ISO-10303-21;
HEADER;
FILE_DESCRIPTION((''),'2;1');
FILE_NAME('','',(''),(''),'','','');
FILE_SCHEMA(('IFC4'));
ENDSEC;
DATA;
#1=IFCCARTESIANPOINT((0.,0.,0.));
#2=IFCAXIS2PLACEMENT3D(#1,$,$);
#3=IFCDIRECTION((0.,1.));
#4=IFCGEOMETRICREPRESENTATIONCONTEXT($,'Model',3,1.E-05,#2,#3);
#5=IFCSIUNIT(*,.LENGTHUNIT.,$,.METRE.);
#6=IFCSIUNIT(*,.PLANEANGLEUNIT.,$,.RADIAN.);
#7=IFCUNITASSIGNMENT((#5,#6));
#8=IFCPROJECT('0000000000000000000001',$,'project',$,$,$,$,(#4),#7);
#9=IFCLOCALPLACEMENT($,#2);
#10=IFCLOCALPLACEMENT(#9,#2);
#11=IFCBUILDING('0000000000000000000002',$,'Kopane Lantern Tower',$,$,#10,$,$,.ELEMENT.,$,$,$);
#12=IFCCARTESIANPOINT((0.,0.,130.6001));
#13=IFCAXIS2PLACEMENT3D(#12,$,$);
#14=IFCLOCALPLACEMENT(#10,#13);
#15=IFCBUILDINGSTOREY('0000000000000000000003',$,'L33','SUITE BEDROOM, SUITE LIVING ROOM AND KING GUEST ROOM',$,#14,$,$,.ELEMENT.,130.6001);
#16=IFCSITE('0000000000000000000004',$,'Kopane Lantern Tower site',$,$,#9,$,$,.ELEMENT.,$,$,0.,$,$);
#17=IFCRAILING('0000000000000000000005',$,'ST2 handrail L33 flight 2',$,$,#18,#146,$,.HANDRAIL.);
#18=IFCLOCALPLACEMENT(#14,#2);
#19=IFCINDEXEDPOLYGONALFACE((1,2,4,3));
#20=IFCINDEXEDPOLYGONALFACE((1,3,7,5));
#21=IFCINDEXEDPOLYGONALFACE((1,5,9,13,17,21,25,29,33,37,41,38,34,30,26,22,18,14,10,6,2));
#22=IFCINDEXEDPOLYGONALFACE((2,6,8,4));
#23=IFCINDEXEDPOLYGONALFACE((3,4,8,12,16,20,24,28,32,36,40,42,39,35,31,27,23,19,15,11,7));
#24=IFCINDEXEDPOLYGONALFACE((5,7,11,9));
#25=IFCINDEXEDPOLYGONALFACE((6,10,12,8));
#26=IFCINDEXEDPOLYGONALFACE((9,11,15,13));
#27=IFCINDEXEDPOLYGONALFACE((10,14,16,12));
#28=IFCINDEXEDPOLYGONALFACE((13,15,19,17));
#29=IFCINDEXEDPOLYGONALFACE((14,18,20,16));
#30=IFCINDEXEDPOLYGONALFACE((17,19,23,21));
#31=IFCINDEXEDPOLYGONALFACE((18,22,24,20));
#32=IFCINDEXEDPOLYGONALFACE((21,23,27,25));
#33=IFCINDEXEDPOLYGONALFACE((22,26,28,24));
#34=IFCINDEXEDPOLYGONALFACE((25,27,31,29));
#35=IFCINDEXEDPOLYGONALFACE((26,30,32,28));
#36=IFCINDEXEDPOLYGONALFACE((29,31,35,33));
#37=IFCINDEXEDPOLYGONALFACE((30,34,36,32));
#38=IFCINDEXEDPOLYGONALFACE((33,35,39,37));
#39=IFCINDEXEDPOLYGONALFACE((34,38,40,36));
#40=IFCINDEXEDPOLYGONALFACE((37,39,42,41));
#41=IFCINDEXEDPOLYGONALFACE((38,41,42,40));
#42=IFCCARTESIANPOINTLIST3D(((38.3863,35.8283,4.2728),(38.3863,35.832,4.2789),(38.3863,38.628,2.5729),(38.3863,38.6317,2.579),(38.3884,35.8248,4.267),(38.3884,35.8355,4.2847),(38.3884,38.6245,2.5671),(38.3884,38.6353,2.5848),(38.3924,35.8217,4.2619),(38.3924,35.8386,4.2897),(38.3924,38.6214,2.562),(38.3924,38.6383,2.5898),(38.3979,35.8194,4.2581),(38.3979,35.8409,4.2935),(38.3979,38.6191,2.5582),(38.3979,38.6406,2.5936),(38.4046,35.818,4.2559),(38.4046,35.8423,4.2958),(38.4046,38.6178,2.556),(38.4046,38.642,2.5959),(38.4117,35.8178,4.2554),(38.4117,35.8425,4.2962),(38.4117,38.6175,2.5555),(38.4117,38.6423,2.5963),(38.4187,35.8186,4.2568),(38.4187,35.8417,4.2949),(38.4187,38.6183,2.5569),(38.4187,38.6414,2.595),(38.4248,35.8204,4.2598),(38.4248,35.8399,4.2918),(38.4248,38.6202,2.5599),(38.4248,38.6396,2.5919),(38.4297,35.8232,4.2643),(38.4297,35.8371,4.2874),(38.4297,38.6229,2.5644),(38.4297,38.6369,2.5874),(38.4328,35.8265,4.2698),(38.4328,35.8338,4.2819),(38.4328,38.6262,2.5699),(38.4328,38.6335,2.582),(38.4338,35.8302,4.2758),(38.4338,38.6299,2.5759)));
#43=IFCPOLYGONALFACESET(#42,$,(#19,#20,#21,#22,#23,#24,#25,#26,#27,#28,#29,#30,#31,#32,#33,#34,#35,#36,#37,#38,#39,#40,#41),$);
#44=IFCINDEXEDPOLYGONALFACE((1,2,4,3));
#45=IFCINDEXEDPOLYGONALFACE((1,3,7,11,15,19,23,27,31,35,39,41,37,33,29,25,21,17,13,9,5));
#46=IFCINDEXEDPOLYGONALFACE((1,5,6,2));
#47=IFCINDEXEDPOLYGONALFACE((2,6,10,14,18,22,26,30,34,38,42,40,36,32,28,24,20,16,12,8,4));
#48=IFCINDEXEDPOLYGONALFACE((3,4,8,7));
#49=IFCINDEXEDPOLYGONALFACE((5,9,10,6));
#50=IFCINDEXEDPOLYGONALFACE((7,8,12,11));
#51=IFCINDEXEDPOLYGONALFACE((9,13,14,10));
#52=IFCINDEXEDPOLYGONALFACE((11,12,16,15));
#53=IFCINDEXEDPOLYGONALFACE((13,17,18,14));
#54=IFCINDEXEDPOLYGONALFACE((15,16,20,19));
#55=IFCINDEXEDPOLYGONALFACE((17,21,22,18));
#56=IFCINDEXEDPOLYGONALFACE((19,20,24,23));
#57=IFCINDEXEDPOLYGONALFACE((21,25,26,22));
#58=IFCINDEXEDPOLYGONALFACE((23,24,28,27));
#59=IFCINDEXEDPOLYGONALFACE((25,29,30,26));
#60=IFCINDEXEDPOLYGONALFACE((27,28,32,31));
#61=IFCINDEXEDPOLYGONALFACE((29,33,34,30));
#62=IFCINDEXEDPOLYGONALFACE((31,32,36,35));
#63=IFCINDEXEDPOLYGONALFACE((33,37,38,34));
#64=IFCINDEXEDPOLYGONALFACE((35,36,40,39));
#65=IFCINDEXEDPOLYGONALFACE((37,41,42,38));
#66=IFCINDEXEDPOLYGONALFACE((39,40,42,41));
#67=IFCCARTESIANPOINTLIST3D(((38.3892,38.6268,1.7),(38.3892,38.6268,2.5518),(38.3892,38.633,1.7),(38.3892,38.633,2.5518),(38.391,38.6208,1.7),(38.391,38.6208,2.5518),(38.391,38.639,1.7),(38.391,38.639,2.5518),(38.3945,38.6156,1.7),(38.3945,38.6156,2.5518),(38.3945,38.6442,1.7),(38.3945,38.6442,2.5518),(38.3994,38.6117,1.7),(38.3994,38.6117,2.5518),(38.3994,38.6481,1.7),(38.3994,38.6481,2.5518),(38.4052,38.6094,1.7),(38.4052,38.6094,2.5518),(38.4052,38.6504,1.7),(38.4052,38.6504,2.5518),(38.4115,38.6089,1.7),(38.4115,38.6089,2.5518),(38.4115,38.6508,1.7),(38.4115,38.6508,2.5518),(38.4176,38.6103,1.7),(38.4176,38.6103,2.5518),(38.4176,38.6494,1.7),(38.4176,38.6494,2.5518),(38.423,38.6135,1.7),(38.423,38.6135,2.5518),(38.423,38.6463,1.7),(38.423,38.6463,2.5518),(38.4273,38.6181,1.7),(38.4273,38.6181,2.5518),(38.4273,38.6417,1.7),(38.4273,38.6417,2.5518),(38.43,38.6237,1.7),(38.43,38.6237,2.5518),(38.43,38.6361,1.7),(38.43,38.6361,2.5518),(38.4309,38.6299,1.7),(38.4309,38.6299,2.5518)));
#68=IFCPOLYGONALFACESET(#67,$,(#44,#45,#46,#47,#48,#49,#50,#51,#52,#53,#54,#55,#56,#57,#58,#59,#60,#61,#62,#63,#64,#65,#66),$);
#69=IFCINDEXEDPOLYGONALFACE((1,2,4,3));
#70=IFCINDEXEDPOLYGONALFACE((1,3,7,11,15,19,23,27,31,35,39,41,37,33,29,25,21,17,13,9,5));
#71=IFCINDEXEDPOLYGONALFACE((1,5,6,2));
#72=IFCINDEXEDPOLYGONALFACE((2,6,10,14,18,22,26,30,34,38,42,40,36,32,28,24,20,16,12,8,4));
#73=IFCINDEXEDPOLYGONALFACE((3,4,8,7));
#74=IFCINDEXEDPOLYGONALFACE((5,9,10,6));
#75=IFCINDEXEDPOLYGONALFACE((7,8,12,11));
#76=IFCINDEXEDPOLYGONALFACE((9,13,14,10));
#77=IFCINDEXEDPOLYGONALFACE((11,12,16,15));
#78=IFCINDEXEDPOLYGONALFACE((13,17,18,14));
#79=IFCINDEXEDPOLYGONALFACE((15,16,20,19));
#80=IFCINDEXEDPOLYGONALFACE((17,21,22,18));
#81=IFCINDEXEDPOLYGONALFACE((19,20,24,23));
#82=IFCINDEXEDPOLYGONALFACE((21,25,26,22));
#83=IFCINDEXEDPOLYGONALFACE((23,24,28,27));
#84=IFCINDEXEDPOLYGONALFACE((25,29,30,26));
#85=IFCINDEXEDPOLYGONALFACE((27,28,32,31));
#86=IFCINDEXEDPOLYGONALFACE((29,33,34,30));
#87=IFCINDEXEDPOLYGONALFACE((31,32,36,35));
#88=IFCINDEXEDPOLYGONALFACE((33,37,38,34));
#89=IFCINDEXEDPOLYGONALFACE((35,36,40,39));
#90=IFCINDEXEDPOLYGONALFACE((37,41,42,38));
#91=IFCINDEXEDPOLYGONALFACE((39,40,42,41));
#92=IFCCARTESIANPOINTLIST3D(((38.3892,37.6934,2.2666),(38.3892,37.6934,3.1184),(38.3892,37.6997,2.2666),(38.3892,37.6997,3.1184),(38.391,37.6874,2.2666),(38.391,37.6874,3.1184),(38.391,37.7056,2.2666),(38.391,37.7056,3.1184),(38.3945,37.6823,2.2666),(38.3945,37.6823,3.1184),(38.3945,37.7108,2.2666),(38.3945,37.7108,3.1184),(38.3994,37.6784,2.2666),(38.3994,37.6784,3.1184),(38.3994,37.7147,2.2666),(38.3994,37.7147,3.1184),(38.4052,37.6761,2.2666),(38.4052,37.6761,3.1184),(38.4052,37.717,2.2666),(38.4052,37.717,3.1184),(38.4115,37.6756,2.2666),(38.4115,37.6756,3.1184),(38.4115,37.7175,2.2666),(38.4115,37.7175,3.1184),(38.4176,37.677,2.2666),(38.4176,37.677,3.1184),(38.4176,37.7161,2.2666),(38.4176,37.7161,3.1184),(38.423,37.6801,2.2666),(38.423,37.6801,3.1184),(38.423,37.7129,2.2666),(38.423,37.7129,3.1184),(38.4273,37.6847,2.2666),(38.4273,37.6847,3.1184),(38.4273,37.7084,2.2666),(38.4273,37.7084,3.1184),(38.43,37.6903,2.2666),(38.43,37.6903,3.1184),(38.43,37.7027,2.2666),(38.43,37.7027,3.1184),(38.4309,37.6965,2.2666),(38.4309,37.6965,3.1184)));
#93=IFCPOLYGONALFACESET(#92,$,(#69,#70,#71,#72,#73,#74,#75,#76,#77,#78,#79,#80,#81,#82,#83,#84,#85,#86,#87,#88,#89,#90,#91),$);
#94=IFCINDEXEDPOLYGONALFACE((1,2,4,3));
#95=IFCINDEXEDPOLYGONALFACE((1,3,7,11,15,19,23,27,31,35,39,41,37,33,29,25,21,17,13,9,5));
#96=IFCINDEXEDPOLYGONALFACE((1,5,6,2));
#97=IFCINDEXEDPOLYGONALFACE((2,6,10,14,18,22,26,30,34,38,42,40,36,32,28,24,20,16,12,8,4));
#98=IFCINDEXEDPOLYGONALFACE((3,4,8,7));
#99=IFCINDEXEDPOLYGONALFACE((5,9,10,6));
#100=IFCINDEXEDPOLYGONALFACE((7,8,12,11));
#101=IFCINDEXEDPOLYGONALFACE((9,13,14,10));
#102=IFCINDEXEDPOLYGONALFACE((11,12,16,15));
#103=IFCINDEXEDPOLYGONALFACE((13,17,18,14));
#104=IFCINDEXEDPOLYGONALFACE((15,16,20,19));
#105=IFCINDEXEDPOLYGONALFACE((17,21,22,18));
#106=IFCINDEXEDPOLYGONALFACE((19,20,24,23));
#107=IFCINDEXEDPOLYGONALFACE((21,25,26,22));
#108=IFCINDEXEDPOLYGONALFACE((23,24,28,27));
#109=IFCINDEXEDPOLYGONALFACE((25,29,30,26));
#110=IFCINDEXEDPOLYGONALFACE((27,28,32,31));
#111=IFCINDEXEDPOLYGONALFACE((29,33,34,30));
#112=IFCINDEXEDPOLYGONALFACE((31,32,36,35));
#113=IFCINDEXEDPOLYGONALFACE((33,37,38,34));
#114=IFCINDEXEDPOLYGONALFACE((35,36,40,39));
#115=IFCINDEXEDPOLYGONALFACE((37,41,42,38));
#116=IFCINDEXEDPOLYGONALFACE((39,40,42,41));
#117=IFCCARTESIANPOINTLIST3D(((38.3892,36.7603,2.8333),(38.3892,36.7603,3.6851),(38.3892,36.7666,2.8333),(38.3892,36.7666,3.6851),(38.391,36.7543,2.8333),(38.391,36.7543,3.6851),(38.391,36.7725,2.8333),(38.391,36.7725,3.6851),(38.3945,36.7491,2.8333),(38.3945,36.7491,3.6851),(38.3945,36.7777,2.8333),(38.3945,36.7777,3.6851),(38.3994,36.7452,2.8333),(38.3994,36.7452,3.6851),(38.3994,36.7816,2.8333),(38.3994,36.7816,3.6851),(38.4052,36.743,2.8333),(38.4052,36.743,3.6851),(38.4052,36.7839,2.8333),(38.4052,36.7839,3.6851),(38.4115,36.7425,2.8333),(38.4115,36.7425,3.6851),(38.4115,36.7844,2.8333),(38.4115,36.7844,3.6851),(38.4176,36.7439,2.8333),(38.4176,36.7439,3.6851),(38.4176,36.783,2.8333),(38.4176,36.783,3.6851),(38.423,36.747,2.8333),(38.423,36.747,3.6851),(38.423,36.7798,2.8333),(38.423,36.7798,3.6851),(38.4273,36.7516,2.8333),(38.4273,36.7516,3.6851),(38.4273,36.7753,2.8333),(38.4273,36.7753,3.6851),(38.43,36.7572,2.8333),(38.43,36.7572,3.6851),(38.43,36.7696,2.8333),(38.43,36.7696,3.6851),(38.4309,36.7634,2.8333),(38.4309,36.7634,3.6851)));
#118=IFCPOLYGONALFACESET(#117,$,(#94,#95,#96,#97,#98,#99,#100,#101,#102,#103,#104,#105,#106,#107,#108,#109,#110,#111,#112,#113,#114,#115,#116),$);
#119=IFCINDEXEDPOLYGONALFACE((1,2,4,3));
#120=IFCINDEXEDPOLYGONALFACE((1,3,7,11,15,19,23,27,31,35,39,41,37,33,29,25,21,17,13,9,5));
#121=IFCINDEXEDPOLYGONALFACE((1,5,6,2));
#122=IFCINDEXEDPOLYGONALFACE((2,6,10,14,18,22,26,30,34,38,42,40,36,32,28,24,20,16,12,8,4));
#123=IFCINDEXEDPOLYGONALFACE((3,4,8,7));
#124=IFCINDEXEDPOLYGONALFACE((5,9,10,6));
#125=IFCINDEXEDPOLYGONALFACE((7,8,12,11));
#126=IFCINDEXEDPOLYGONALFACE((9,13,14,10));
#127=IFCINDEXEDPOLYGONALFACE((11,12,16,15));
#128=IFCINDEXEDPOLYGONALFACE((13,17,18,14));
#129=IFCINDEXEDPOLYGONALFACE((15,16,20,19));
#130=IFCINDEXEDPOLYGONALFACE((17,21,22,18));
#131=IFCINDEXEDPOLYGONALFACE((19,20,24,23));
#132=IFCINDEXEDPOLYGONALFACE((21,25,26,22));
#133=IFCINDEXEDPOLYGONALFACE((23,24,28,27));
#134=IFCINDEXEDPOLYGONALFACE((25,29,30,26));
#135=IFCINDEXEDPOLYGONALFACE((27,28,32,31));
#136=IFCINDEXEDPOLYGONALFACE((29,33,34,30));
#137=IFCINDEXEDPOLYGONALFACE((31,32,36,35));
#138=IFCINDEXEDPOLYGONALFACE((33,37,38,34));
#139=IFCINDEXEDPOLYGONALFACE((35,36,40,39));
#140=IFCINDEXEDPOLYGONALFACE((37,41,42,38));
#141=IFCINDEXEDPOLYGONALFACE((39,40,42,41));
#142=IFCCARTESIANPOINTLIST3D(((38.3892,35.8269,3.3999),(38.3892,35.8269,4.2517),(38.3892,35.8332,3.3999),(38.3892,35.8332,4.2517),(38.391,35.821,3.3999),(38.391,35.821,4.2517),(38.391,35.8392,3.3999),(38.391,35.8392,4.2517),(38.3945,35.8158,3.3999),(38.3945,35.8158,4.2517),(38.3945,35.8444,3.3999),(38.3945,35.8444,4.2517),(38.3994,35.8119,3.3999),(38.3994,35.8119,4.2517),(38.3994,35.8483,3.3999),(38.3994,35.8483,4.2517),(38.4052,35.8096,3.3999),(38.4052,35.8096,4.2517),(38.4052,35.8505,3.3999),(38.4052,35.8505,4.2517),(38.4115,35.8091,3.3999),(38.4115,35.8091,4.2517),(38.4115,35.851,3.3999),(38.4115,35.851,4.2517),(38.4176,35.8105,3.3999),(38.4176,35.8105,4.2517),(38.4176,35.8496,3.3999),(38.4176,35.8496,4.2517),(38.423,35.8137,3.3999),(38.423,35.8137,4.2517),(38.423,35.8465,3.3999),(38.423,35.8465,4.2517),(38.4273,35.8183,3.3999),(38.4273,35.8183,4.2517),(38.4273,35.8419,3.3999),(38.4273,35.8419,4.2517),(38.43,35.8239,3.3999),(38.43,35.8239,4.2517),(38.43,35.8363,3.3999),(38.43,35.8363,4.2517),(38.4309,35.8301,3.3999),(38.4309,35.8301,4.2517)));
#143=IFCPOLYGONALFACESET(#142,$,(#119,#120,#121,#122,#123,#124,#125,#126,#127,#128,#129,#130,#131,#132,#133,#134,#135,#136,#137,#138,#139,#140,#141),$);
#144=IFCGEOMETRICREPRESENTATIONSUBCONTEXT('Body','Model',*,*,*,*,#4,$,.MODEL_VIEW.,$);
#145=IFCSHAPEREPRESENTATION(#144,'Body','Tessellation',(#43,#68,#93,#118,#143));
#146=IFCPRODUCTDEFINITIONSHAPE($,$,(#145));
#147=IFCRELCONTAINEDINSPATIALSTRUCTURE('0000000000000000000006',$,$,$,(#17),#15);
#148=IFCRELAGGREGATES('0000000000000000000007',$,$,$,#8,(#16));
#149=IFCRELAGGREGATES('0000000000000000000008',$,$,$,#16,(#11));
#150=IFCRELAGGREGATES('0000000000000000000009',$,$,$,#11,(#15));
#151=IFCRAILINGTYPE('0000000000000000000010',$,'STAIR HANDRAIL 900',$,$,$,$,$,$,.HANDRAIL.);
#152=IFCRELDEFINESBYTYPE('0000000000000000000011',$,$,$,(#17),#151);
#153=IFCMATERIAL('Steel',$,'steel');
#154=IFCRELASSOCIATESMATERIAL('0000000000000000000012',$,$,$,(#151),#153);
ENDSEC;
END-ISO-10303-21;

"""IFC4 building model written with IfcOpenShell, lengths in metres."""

from ifc_helpers import new_model, si_unit, direction, frame, origin, origin_2d, place, context, subcontext, project, spatial, circle, extrude, material, type_object, element, save


model = new_model("IFC4")

# Units and contexts
model_context = context("Model", 3, precision=1e-05, world=origin(), true_north=direction((0.0, 1.0)))
body_context = subcontext(model_context, "Body", "Model", "MODEL_VIEW")
ifc_project = project(units=[si_unit("LENGTHUNIT", "METRE"), si_unit("PLANEANGLEUNIT", "RADIAN")], contexts=[model_context])

# Site, building, storey
site_placement = place(None, origin())
site = spatial("IfcSite", under=ifc_project, at=site_placement, Name="Kopane Lantern Tower site", CompositionType="ELEMENT", RefElevation=0.0)
building_placement = place(site_placement, origin())
building = spatial("IfcBuilding", under=site, at=building_placement, Name="Kopane Lantern Tower", CompositionType="ELEMENT")
storey_placement = place(building_placement, frame((0.0, 0.0, 130.6001)))
storey = spatial("IfcBuildingStorey", under=building, at=storey_placement, Name="L33", Description="SUITE BEDROOM, SUITE LIVING ROOM AND KING GUEST ROOM", CompositionType="ELEMENT", Elevation=130.6001)

# Railing
ifc_material_1 = material(Name="Steel", Category="steel")
railing_type_1 = type_object("IfcRailingType", Name="STAIR HANDRAIL 900", PredefinedType="HANDRAIL", material=ifc_material_1)
for number, where, name in (
    (1, (38.4099, 38.6299, 1.7), "ST2 handrail L33 flight 2"),
):
    element("IfcRailing", number, at=place(storey_placement, frame(where)), inside=storey, type_object=railing_type_1, Name=name, PredefinedType="HANDRAIL", context=body_context, shape_type="SweptSolid", body=[
        extrude(circle(Radius=0.0239, at=origin_2d()), frame((0.0, 0.0, 0.876), z_axis=(0.0, -0.854778, 0.518994), x_axis=(1.0, 0.0, 0.0)), (0.0, 0.0, 1.0), 3.2754),
        extrude(circle(Radius=0.021, at=origin_2d()), origin(), (0.0, 0.0, 1.0), 0.8518),
        extrude(circle(Radius=0.021, at=origin_2d()), frame((0.0, -0.9333, 0.5667)), (0.0, 0.0, 1.0), 0.8518),
        extrude(circle(Radius=0.021, at=origin_2d()), frame((0.0, -1.8665, 1.1333)), (0.0, 0.0, 1.0), 0.8518),
        extrude(circle(Radius=0.021, at=origin_2d()), frame((0.0, -2.7998, 1.7)), (0.0, 0.0, 1.0), 0.8518),
    ])

save(model, "model.ifc")
